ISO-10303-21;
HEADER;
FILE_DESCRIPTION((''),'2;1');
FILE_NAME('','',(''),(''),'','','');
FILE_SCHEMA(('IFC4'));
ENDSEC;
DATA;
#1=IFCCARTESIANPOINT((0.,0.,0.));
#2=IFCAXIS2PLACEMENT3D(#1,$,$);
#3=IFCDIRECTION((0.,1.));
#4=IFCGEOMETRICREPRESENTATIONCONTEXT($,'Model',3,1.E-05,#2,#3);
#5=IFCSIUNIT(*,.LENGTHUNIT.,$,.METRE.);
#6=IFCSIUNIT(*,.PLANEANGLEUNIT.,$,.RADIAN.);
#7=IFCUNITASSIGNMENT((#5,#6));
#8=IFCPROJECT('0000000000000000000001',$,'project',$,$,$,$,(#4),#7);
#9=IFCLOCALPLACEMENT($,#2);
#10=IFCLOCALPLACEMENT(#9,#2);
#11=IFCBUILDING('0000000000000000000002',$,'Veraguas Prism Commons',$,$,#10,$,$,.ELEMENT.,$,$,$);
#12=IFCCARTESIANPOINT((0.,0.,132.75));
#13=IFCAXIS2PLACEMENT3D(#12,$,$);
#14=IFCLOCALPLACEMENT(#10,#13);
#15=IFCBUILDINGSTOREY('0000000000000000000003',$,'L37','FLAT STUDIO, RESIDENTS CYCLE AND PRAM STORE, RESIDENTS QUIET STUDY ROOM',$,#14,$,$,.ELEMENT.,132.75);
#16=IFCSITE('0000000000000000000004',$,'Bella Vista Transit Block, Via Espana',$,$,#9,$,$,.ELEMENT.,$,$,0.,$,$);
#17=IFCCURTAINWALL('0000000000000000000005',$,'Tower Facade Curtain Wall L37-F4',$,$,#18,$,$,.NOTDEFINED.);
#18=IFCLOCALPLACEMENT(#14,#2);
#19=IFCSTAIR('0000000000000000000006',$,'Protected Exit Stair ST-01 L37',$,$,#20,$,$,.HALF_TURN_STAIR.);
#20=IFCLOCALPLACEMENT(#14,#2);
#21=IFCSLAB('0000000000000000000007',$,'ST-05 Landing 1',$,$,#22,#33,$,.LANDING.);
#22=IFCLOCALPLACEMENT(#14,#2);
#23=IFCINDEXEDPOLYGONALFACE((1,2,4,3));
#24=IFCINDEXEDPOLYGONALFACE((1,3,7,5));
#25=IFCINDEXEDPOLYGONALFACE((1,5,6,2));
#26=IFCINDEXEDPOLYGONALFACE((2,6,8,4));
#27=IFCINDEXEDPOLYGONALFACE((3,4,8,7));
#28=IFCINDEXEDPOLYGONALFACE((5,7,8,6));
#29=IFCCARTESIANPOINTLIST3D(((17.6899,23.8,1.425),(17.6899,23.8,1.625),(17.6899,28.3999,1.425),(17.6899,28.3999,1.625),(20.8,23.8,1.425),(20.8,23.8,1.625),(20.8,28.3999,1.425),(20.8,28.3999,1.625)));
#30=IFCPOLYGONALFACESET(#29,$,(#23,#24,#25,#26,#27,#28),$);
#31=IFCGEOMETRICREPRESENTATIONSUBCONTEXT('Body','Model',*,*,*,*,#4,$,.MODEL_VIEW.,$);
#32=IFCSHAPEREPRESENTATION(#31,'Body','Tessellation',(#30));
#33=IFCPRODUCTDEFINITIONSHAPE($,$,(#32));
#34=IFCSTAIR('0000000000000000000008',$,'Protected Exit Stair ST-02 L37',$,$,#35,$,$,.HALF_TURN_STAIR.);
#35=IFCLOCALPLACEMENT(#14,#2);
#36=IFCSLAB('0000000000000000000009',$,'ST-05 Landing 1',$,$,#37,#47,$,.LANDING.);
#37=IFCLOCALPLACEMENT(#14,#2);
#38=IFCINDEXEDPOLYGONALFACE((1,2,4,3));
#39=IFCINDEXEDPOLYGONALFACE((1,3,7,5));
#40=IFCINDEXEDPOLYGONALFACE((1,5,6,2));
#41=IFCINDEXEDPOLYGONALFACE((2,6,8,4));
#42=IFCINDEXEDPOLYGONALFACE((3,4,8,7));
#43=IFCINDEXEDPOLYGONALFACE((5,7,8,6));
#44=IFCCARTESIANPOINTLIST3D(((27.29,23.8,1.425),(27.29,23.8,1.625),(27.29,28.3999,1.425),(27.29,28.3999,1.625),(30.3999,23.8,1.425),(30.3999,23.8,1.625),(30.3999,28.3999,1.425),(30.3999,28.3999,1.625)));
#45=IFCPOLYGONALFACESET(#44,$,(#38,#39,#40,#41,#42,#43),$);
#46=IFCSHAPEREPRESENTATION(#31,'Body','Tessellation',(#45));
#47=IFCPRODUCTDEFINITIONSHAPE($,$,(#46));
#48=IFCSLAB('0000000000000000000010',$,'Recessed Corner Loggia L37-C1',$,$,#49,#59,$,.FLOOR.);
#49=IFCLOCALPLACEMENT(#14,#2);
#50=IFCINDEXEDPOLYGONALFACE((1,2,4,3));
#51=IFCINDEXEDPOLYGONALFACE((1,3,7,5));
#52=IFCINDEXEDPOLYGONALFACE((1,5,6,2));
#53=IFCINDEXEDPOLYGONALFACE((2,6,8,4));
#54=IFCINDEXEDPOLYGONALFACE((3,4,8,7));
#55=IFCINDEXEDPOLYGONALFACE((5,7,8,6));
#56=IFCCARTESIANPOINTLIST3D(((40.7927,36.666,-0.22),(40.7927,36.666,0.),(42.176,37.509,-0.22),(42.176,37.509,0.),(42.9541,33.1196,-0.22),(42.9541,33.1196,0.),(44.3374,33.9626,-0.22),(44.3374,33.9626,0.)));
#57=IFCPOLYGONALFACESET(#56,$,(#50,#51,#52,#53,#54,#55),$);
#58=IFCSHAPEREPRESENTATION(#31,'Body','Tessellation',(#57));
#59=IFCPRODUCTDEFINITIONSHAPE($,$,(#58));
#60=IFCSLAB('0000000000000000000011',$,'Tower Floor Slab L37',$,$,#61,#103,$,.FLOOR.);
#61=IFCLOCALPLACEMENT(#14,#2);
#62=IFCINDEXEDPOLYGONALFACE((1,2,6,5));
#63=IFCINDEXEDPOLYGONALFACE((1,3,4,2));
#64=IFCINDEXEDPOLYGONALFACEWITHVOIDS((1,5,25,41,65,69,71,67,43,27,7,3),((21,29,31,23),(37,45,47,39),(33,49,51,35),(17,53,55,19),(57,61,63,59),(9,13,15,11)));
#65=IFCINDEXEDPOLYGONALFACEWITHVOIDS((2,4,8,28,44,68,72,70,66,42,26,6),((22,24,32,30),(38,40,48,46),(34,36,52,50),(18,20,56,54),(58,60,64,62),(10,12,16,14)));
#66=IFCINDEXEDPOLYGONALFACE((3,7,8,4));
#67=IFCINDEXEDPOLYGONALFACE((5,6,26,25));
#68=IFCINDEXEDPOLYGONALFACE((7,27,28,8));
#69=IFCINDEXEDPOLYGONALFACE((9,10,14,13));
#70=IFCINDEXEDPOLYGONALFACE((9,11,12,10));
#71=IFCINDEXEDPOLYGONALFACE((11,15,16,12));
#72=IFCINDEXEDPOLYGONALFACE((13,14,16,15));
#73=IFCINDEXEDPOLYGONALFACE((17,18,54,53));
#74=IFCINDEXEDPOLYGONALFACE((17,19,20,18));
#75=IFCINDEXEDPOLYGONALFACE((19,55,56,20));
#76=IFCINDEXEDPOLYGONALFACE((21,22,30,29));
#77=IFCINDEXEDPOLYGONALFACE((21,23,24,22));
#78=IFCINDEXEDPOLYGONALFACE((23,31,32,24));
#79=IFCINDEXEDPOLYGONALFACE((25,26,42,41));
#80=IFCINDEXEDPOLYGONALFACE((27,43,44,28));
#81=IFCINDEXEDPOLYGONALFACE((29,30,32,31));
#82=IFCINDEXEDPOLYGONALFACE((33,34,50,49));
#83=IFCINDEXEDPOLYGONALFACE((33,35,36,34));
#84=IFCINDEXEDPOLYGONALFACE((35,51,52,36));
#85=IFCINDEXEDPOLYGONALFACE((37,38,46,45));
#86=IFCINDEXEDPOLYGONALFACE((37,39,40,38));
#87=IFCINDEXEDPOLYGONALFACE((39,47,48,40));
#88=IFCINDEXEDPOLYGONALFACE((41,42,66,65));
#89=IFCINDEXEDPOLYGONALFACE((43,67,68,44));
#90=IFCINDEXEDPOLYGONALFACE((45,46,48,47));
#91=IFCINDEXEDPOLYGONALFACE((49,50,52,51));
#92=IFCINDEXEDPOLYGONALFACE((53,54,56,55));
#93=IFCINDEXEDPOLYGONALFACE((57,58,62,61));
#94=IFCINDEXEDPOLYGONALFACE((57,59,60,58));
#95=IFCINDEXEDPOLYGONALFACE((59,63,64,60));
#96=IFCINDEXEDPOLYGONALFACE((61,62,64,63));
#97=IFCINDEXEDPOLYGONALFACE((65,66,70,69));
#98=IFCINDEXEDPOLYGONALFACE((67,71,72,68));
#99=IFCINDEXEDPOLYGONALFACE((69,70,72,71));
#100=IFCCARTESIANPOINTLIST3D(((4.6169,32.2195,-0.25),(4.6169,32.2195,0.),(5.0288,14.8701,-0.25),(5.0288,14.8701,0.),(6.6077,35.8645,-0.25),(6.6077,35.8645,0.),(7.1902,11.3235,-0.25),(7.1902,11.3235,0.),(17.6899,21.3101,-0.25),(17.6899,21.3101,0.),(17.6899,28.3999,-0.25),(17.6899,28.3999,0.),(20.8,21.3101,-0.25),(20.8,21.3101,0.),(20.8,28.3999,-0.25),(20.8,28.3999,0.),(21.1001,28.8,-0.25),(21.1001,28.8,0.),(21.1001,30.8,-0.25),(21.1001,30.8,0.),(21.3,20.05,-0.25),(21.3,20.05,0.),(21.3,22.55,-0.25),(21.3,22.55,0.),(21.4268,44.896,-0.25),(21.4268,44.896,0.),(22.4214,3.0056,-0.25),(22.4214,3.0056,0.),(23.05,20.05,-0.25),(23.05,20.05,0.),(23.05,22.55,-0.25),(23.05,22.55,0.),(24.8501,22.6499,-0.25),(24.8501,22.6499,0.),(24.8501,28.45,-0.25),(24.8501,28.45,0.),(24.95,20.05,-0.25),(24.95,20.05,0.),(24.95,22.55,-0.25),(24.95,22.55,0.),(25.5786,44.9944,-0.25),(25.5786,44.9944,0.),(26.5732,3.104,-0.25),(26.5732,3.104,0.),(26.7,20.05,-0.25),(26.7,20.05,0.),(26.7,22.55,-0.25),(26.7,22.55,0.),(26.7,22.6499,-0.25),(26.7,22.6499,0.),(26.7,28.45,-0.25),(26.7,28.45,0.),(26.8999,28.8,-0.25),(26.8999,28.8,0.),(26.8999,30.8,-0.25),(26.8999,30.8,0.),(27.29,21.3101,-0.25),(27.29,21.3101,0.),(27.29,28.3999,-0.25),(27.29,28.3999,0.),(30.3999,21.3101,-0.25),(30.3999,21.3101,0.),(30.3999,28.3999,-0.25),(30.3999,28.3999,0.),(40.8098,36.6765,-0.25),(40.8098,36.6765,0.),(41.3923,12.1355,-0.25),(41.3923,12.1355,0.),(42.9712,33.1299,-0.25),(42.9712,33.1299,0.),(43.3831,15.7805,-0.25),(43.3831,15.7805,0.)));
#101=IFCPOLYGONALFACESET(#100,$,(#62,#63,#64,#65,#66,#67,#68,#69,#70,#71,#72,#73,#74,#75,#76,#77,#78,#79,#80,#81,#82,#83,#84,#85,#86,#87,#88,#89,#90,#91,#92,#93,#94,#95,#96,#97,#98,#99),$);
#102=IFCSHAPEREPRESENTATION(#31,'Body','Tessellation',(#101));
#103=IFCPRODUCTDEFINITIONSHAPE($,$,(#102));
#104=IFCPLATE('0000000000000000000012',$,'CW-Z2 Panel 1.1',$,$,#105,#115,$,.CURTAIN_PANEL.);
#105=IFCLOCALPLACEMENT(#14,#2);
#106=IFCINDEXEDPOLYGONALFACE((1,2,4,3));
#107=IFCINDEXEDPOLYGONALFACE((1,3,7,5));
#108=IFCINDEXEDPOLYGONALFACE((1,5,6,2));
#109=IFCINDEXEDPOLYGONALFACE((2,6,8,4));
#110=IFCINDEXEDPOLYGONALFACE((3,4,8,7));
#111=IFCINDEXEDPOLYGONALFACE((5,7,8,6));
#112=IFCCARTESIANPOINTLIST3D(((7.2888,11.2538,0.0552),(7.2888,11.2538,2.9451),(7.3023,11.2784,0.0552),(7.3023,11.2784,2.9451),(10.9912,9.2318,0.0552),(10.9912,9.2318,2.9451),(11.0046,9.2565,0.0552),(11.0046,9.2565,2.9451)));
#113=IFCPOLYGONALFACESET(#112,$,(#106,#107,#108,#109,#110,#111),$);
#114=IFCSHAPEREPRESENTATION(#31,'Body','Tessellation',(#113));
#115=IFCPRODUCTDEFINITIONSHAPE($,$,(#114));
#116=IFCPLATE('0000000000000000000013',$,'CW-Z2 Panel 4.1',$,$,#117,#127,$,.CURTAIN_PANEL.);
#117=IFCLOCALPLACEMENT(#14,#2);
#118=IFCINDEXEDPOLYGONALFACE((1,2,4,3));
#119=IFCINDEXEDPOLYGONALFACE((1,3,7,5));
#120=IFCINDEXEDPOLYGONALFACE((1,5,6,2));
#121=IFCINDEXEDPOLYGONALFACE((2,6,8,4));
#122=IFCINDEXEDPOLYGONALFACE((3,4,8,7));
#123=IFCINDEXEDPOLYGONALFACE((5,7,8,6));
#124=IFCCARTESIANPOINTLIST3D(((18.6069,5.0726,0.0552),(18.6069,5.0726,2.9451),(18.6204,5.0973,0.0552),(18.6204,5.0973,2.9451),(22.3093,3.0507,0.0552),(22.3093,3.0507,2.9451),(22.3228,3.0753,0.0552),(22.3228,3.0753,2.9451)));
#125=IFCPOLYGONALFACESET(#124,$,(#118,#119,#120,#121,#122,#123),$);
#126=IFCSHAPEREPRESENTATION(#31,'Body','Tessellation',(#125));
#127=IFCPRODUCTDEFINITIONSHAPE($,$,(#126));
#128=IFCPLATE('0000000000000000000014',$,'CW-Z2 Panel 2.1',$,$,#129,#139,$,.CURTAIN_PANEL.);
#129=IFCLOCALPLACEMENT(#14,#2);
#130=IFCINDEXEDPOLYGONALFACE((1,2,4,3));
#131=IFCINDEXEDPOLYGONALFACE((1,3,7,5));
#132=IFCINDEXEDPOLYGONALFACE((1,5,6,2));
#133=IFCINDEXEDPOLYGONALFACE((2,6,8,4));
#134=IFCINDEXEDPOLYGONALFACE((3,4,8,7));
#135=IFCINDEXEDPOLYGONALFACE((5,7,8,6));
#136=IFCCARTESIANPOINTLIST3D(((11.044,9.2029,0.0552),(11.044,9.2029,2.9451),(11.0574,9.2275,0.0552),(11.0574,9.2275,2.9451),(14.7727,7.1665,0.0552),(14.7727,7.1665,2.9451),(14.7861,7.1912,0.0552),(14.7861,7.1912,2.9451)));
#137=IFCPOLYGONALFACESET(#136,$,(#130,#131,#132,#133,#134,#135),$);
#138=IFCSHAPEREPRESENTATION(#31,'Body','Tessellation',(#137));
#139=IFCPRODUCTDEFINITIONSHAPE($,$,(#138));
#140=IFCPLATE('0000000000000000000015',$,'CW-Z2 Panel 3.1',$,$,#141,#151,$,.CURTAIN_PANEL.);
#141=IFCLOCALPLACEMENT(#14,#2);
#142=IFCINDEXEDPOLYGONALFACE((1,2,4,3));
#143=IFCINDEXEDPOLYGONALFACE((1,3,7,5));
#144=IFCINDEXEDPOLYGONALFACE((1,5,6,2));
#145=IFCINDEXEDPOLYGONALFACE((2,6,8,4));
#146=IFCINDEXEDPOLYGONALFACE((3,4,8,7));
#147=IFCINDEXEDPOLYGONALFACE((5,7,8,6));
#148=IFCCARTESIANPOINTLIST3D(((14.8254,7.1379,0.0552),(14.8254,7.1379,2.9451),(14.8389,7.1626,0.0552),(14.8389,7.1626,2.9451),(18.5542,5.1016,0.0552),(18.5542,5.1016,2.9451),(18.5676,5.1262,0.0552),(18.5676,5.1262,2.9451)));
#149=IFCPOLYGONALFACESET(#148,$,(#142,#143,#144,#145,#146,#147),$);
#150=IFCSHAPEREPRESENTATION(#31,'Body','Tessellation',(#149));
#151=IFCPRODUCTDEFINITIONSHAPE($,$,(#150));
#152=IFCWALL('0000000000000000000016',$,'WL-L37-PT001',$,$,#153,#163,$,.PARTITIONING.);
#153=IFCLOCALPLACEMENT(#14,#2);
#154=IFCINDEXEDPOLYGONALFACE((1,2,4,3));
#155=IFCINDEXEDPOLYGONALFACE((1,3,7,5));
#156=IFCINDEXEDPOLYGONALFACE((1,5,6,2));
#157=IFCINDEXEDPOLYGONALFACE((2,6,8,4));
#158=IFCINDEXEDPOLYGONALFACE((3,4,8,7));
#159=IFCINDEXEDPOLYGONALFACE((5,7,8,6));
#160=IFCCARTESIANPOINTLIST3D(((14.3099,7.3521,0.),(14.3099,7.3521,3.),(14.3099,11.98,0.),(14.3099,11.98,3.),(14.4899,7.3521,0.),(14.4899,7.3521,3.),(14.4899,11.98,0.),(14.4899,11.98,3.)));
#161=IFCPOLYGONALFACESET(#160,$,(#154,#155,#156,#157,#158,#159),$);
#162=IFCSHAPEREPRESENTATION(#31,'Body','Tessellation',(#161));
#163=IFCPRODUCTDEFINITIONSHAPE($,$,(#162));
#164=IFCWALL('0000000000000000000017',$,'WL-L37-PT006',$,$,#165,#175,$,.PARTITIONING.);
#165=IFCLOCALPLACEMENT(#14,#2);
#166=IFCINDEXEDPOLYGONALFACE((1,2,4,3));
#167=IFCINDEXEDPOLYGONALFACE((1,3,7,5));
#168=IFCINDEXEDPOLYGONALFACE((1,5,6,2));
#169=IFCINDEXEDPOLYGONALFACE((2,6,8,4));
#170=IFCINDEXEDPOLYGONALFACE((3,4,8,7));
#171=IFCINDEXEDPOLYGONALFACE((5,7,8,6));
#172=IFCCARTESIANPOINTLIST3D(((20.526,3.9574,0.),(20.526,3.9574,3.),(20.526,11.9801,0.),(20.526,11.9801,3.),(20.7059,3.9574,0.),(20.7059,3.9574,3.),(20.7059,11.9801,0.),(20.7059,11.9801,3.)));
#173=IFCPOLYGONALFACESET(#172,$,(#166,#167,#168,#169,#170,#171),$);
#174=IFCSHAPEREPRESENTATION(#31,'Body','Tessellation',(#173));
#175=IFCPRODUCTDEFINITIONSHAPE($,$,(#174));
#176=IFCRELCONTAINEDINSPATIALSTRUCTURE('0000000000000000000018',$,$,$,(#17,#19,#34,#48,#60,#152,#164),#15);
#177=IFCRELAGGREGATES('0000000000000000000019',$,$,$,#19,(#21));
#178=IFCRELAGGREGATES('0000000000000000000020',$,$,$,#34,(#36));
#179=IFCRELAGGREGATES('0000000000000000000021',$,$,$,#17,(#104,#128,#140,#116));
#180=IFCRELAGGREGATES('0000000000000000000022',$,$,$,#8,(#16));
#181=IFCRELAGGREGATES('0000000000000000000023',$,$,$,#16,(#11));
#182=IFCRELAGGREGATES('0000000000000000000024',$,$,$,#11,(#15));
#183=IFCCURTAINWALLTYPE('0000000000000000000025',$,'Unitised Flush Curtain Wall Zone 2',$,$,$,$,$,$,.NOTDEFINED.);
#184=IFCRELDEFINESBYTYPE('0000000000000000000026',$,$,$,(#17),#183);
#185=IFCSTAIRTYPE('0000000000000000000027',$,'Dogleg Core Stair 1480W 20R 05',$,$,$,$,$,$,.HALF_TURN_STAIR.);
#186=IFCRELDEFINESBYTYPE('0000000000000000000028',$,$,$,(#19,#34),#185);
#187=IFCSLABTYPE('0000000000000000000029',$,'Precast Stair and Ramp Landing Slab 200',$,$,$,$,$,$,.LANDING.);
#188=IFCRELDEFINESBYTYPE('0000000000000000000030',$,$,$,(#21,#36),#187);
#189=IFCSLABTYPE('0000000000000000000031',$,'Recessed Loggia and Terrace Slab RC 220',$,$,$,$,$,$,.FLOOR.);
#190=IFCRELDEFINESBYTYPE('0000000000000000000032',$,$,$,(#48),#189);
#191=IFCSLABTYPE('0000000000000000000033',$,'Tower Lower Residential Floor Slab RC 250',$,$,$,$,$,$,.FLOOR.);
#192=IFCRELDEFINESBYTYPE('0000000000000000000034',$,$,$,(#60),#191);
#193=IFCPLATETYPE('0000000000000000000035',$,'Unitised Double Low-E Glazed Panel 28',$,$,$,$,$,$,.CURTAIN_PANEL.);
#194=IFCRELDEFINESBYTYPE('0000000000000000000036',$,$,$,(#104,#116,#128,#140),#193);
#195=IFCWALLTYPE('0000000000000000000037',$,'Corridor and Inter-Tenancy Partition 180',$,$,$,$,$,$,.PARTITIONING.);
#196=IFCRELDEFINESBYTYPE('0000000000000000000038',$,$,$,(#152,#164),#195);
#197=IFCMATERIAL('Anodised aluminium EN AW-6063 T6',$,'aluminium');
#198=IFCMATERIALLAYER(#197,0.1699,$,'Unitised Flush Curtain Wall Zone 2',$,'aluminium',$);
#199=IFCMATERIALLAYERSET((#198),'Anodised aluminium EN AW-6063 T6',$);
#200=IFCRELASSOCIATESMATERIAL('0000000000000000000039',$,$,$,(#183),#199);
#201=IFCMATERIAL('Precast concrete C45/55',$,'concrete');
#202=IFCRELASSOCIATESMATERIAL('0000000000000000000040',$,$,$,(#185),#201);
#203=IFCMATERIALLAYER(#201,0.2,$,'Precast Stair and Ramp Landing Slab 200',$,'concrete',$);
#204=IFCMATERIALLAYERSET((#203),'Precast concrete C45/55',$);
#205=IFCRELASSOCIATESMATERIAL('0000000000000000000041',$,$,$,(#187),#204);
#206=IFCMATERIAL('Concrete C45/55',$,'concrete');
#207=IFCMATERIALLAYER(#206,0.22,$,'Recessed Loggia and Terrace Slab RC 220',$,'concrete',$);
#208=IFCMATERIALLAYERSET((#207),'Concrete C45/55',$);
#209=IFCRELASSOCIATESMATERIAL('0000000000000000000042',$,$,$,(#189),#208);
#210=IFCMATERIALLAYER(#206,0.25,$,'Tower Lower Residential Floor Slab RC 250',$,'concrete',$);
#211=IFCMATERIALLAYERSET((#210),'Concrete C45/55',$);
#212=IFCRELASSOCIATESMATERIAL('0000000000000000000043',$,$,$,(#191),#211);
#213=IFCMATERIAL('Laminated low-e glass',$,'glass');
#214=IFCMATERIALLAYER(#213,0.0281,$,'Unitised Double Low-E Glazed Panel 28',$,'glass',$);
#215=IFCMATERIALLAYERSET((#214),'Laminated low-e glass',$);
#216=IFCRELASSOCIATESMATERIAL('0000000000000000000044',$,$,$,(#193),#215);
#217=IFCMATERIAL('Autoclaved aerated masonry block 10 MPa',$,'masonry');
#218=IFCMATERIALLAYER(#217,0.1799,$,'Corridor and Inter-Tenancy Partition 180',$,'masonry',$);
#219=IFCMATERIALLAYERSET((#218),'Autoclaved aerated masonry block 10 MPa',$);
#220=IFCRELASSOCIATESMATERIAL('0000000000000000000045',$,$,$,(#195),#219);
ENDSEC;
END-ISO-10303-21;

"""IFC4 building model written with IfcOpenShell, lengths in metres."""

from ifc_helpers import new_model, si_unit, direction, frame, frame_2d, origin, origin_2d, place, context, subcontext, project, spatial, polyline, rectangle, outline, extrude, source, transform, mapped, material, layer, layer_set, type_object, element, aggregate, save


model = new_model("IFC4")

# Units and contexts
model_context = context("Model", 3, precision=1e-05, world=origin(), true_north=direction((0.0, 1.0)))
body_context = subcontext(model_context, "Body", "Model", "MODEL_VIEW")
ifc_project = project(units=[si_unit("LENGTHUNIT", "METRE"), si_unit("PLANEANGLEUNIT", "RADIAN")], contexts=[model_context])

# Site, building, storey
site_placement = place(None, origin())
site = spatial("IfcSite", under=ifc_project, at=site_placement, Name="Bella Vista Transit Block, Via Espana", CompositionType="ELEMENT", RefElevation=0.0)
building_placement = place(site_placement, origin())
building = spatial("IfcBuilding", under=site, at=building_placement, Name="Veraguas Prism Commons", CompositionType="ELEMENT")
storey_placement = place(building_placement, frame((0.0, 0.0, 132.75)))
storey = spatial("IfcBuildingStorey", under=building, at=storey_placement, Name="L37", Description="FLAT STUDIO, RESIDENTS CYCLE AND PRAM STORE, RESIDENTS QUIET STUDY ROOM", CompositionType="ELEMENT", Elevation=132.75)

# Curtain wall
ifc_material_1 = material(Name="Anodised aluminium EN AW-6063 T6", Category="aluminium")
ifc_layer_1 = layer(ifc_material_1, 0.1699, Name="Unitised Flush Curtain Wall Zone 2", Category="aluminium")
ifc_layer_set_1 = layer_set([ifc_layer_1], Name="Anodised aluminium EN AW-6063 T6")
curtain_wall_type = type_object("IfcCurtainWallType", Name="Unitised Flush Curtain Wall Zone 2", PredefinedType="NOTDEFINED", material=ifc_layer_set_1)
curtain_wall_1_placement = place(storey_placement, origin())
curtain_wall_1 = element("IfcCurtainWall", 1, at=curtain_wall_1_placement, inside=storey, type_object=curtain_wall_type, Name="Tower Facade Curtain Wall L37-F4", PredefinedType="NOTDEFINED")

# Stairs, slabs
ifc_material_2 = material(Name="Precast concrete C45/55", Category="concrete")
stair_type = type_object("IfcStairType", Name="Dogleg Core Stair 1480W 20R 05", PredefinedType="HALF_TURN_STAIR", material=ifc_material_2)
stair_1_placement = place(storey_placement, origin())
stair_1 = element("IfcStair", 2, at=stair_1_placement, inside=storey, type_object=stair_type, Name="Protected Exit Stair ST-01 L37", PredefinedType="HALF_TURN_STAIR")
ifc_layer_2 = layer(ifc_material_2, 0.2, Name="Precast Stair and Ramp Landing Slab 200", Category="concrete")
ifc_layer_set_2 = layer_set([ifc_layer_2], Name="Precast concrete C45/55")
slab_type_1 = type_object("IfcSlabType", Name="Precast Stair and Ramp Landing Slab 200", PredefinedType="LANDING", material=ifc_layer_set_2)
slab_1_placement = place(storey_placement, frame((0.0, 0.0, 1.425)))
slab_1 = element("IfcSlab", 3, at=slab_1_placement, type_object=slab_type_1, Name="ST-05 Landing 1", PredefinedType="LANDING", context=body_context, shape_type="SweptSolid", body=[
    extrude(outline(polyline([(20.8, 23.8), (20.8, 28.3999), (17.6899, 28.3999), (17.6899, 23.8), (20.8, 23.8)])), origin(), (0.0, 0.0, 1.0), 0.2),
])
aggregate(stair_1, [slab_1])
stair_2_placement = place(storey_placement, origin())
stair_2 = element("IfcStair", 4, at=stair_2_placement, inside=storey, type_object=stair_type, Name="Protected Exit Stair ST-02 L37", PredefinedType="HALF_TURN_STAIR")
slab_2_placement = place(storey_placement, frame((0.0, 0.0, 1.425)))
slab_2 = element("IfcSlab", 5, at=slab_2_placement, type_object=slab_type_1, Name="ST-05 Landing 1", PredefinedType="LANDING", context=body_context, shape_type="SweptSolid", body=[
    extrude(outline(polyline([(30.3999, 23.8), (30.3999, 28.3999), (27.29, 28.3999), (27.29, 23.8), (30.3999, 23.8)])), origin(), (0.0, 0.0, 1.0), 0.2),
])
aggregate(stair_2, [slab_2])

# Slabs
ifc_material_3 = material(Name="Concrete C45/55", Category="concrete")
ifc_layer_3 = layer(ifc_material_3, 0.22, Name="Recessed Loggia and Terrace Slab RC 220", Category="concrete")
ifc_layer_set_3 = layer_set([ifc_layer_3], Name="Concrete C45/55")
slab_type_2 = type_object("IfcSlabType", Name="Recessed Loggia and Terrace Slab RC 220", PredefinedType="FLOOR", material=ifc_layer_set_3)
slab_3_placement = place(storey_placement, frame((0.0, 0.0, -0.22)))
element("IfcSlab", 6, at=slab_3_placement, inside=storey, type_object=slab_type_2, Name="Recessed Corner Loggia L37-C1", PredefinedType="FLOOR", context=body_context, shape_type="SweptSolid", body=[
    extrude(outline(polyline([(42.9541, 33.1196), (44.3374, 33.9626), (42.176, 37.509), (40.7927, 36.666), (42.9541, 33.1196)])), origin(), (0.0, 0.0, 1.0), 0.22),
])
ifc_layer_4 = layer(ifc_material_3, 0.25, Name="Tower Lower Residential Floor Slab RC 250", Category="concrete")
ifc_layer_set_4 = layer_set([ifc_layer_4], Name="Concrete C45/55")
slab_type_3 = type_object("IfcSlabType", Name="Tower Lower Residential Floor Slab RC 250", PredefinedType="FLOOR", material=ifc_layer_set_4)
slab_4_placement = place(storey_placement, frame((0.0, 0.0, -0.25)))
element("IfcSlab", 7, at=slab_4_placement, inside=storey, type_object=slab_type_3, Name="Tower Floor Slab L37", PredefinedType="FLOOR", context=body_context, shape_type="SweptSolid", body=[
    extrude(outline(polyline([(42.9712, 33.1299), (40.8098, 36.6765), (25.5786, 44.9944), (21.4268, 44.896), (6.6077, 35.8645), (4.6169, 32.2195), (5.0288, 14.8701), (7.1902, 11.3235), (22.4214, 3.0056), (26.5732, 3.104), (41.3923, 12.1355), (43.3831, 15.7805), (42.9712, 33.1299)]), holes=[polyline([(20.8, 21.3101), (20.8, 28.3999), (17.6899, 28.3999), (17.6899, 21.3101), (20.8, 21.3101)]), polyline([(30.3999, 21.3101), (30.3999, 28.3999), (27.29, 28.3999), (27.29, 21.3101), (30.3999, 21.3101)]), polyline([(24.8501, 22.6499), (26.7, 22.6499), (26.7, 28.45), (24.8501, 28.45), (24.8501, 22.6499)]), polyline([(21.1001, 28.8), (26.8999, 28.8), (26.8999, 30.8), (21.1001, 30.8), (21.1001, 28.8)]), polyline([(21.3, 20.05), (23.05, 20.05), (23.05, 22.55), (21.3, 22.55), (21.3, 20.05)]), polyline([(24.95, 20.05), (26.7, 20.05), (26.7, 22.55), (24.95, 22.55), (24.95, 20.05)])]), origin(), (0.0, 0.0, 1.0), 0.25),
])

# Plates
ifc_material_4 = material(Name="Laminated low-e glass", Category="glass")
ifc_layer_5 = layer(ifc_material_4, 0.0281, Name="Unitised Double Low-E Glazed Panel 28", Category="glass")
ifc_layer_set_5 = layer_set([ifc_layer_5], Name="Laminated low-e glass")
plate_type = type_object("IfcPlateType", Name="Unitised Double Low-E Glazed Panel 28", PredefinedType="CURTAIN_PANEL", material=ifc_layer_set_5)
shared_shape_1 = source(origin(), body_context, "Body", "SweptSolid", [
    extrude(rectangle(XDim=4.2185, YDim=0.0281, at=origin_2d()), origin(), (0.0, 0.0, 1.0), 2.8899),
])
plate_1_placement = place(storey_placement, frame((9.1467, 10.2551, 0.0552), z_axis=(0.0, 0.0, 1.0), x_axis=(0.877649, -0.479305, 0.0)))
plate_1 = element("IfcPlate", 8, at=plate_1_placement, type_object=plate_type, Name="CW-Z2 Panel 1.1", PredefinedType="CURTAIN_PANEL", context=body_context, shape_type="MappedRepresentation", body=[
    mapped(shared_shape_1, transform((0.0, 0.0, 0.0), scale=1.0)),
])
plate_2_placement = place(storey_placement, frame((20.4648, 4.074, 0.0552), z_axis=(0.0, 0.0, 1.0), x_axis=(0.877649, -0.479305, 0.0)))
plate_2 = element("IfcPlate", 9, at=plate_2_placement, type_object=plate_type, Name="CW-Z2 Panel 4.1", PredefinedType="CURTAIN_PANEL", context=body_context, shape_type="MappedRepresentation", body=[
    mapped(shared_shape_1, transform((0.0, 0.0, 0.0), scale=1.0)),
])
shared_shape_2 = source(origin(), body_context, "Body", "SweptSolid", [
    extrude(rectangle(XDim=4.2485, YDim=0.0281, at=origin_2d()), origin(), (0.0, 0.0, 1.0), 2.8899),
])
plate_3_placement = place(storey_placement, frame((12.915, 8.197, 0.0552), z_axis=(0.0, 0.0, 1.0), x_axis=(0.877649, -0.479305, 0.0)))
plate_3 = element("IfcPlate", 10, at=plate_3_placement, type_object=plate_type, Name="CW-Z2 Panel 2.1", PredefinedType="CURTAIN_PANEL", context=body_context, shape_type="MappedRepresentation", body=[
    mapped(shared_shape_2, transform((0.0, 0.0, 0.0), scale=1.0)),
])
plate_4_placement = place(storey_placement, frame((16.6965, 6.1321, 0.0552), z_axis=(0.0, 0.0, 1.0), x_axis=(0.877649, -0.479305, 0.0)))
plate_4 = element("IfcPlate", 11, at=plate_4_placement, type_object=plate_type, Name="CW-Z2 Panel 3.1", PredefinedType="CURTAIN_PANEL", context=body_context, shape_type="MappedRepresentation", body=[
    mapped(shared_shape_2, transform((0.0, 0.0, 0.0), scale=1.0)),
])
aggregate(curtain_wall_1, [plate_1, plate_3, plate_4, plate_2])

# Walls
ifc_material_5 = material(Name="Autoclaved aerated masonry block 10 MPa", Category="masonry")
ifc_layer_6 = layer(ifc_material_5, 0.1799, Name="Corridor and Inter-Tenancy Partition 180", Category="masonry")
ifc_layer_set_6 = layer_set([ifc_layer_6], Name="Autoclaved aerated masonry block 10 MPa")
wall_type_1 = type_object("IfcWallType", Name="Corridor and Inter-Tenancy Partition 180", PredefinedType="PARTITIONING", material=ifc_layer_set_6)
wall_1_placement = place(storey_placement, frame((14.3999, 11.98, 0.0), z_axis=(0.0, 0.0, 1.0), x_axis=(0.0, -1.0, 0.0)))
element("IfcWall", 12, at=wall_1_placement, inside=storey, type_object=wall_type_1, Name="WL-L37-PT001", PredefinedType="PARTITIONING", context=body_context, shape_type="SweptSolid", body=[
    extrude(rectangle(XDim=4.6279, YDim=0.1799, at=frame_2d((2.314, 0.0))), origin(), (0.0, 0.0, 1.0), 3.0),
])
wall_2_placement = place(storey_placement, frame((20.616, 11.98, 0.0), z_axis=(0.0, 0.0, 1.0), x_axis=(0.0, -1.0, 0.0)))
element("IfcWall", 13, at=wall_2_placement, inside=storey, type_object=wall_type_1, Name="WL-L37-PT006", PredefinedType="PARTITIONING", context=body_context, shape_type="SweptSolid", body=[
    extrude(rectangle(XDim=8.0227, YDim=0.1799, at=frame_2d((4.0112, 0.0))), origin(), (0.0, 0.0, 1.0), 3.0),
])

save(model, "model.ifc")
